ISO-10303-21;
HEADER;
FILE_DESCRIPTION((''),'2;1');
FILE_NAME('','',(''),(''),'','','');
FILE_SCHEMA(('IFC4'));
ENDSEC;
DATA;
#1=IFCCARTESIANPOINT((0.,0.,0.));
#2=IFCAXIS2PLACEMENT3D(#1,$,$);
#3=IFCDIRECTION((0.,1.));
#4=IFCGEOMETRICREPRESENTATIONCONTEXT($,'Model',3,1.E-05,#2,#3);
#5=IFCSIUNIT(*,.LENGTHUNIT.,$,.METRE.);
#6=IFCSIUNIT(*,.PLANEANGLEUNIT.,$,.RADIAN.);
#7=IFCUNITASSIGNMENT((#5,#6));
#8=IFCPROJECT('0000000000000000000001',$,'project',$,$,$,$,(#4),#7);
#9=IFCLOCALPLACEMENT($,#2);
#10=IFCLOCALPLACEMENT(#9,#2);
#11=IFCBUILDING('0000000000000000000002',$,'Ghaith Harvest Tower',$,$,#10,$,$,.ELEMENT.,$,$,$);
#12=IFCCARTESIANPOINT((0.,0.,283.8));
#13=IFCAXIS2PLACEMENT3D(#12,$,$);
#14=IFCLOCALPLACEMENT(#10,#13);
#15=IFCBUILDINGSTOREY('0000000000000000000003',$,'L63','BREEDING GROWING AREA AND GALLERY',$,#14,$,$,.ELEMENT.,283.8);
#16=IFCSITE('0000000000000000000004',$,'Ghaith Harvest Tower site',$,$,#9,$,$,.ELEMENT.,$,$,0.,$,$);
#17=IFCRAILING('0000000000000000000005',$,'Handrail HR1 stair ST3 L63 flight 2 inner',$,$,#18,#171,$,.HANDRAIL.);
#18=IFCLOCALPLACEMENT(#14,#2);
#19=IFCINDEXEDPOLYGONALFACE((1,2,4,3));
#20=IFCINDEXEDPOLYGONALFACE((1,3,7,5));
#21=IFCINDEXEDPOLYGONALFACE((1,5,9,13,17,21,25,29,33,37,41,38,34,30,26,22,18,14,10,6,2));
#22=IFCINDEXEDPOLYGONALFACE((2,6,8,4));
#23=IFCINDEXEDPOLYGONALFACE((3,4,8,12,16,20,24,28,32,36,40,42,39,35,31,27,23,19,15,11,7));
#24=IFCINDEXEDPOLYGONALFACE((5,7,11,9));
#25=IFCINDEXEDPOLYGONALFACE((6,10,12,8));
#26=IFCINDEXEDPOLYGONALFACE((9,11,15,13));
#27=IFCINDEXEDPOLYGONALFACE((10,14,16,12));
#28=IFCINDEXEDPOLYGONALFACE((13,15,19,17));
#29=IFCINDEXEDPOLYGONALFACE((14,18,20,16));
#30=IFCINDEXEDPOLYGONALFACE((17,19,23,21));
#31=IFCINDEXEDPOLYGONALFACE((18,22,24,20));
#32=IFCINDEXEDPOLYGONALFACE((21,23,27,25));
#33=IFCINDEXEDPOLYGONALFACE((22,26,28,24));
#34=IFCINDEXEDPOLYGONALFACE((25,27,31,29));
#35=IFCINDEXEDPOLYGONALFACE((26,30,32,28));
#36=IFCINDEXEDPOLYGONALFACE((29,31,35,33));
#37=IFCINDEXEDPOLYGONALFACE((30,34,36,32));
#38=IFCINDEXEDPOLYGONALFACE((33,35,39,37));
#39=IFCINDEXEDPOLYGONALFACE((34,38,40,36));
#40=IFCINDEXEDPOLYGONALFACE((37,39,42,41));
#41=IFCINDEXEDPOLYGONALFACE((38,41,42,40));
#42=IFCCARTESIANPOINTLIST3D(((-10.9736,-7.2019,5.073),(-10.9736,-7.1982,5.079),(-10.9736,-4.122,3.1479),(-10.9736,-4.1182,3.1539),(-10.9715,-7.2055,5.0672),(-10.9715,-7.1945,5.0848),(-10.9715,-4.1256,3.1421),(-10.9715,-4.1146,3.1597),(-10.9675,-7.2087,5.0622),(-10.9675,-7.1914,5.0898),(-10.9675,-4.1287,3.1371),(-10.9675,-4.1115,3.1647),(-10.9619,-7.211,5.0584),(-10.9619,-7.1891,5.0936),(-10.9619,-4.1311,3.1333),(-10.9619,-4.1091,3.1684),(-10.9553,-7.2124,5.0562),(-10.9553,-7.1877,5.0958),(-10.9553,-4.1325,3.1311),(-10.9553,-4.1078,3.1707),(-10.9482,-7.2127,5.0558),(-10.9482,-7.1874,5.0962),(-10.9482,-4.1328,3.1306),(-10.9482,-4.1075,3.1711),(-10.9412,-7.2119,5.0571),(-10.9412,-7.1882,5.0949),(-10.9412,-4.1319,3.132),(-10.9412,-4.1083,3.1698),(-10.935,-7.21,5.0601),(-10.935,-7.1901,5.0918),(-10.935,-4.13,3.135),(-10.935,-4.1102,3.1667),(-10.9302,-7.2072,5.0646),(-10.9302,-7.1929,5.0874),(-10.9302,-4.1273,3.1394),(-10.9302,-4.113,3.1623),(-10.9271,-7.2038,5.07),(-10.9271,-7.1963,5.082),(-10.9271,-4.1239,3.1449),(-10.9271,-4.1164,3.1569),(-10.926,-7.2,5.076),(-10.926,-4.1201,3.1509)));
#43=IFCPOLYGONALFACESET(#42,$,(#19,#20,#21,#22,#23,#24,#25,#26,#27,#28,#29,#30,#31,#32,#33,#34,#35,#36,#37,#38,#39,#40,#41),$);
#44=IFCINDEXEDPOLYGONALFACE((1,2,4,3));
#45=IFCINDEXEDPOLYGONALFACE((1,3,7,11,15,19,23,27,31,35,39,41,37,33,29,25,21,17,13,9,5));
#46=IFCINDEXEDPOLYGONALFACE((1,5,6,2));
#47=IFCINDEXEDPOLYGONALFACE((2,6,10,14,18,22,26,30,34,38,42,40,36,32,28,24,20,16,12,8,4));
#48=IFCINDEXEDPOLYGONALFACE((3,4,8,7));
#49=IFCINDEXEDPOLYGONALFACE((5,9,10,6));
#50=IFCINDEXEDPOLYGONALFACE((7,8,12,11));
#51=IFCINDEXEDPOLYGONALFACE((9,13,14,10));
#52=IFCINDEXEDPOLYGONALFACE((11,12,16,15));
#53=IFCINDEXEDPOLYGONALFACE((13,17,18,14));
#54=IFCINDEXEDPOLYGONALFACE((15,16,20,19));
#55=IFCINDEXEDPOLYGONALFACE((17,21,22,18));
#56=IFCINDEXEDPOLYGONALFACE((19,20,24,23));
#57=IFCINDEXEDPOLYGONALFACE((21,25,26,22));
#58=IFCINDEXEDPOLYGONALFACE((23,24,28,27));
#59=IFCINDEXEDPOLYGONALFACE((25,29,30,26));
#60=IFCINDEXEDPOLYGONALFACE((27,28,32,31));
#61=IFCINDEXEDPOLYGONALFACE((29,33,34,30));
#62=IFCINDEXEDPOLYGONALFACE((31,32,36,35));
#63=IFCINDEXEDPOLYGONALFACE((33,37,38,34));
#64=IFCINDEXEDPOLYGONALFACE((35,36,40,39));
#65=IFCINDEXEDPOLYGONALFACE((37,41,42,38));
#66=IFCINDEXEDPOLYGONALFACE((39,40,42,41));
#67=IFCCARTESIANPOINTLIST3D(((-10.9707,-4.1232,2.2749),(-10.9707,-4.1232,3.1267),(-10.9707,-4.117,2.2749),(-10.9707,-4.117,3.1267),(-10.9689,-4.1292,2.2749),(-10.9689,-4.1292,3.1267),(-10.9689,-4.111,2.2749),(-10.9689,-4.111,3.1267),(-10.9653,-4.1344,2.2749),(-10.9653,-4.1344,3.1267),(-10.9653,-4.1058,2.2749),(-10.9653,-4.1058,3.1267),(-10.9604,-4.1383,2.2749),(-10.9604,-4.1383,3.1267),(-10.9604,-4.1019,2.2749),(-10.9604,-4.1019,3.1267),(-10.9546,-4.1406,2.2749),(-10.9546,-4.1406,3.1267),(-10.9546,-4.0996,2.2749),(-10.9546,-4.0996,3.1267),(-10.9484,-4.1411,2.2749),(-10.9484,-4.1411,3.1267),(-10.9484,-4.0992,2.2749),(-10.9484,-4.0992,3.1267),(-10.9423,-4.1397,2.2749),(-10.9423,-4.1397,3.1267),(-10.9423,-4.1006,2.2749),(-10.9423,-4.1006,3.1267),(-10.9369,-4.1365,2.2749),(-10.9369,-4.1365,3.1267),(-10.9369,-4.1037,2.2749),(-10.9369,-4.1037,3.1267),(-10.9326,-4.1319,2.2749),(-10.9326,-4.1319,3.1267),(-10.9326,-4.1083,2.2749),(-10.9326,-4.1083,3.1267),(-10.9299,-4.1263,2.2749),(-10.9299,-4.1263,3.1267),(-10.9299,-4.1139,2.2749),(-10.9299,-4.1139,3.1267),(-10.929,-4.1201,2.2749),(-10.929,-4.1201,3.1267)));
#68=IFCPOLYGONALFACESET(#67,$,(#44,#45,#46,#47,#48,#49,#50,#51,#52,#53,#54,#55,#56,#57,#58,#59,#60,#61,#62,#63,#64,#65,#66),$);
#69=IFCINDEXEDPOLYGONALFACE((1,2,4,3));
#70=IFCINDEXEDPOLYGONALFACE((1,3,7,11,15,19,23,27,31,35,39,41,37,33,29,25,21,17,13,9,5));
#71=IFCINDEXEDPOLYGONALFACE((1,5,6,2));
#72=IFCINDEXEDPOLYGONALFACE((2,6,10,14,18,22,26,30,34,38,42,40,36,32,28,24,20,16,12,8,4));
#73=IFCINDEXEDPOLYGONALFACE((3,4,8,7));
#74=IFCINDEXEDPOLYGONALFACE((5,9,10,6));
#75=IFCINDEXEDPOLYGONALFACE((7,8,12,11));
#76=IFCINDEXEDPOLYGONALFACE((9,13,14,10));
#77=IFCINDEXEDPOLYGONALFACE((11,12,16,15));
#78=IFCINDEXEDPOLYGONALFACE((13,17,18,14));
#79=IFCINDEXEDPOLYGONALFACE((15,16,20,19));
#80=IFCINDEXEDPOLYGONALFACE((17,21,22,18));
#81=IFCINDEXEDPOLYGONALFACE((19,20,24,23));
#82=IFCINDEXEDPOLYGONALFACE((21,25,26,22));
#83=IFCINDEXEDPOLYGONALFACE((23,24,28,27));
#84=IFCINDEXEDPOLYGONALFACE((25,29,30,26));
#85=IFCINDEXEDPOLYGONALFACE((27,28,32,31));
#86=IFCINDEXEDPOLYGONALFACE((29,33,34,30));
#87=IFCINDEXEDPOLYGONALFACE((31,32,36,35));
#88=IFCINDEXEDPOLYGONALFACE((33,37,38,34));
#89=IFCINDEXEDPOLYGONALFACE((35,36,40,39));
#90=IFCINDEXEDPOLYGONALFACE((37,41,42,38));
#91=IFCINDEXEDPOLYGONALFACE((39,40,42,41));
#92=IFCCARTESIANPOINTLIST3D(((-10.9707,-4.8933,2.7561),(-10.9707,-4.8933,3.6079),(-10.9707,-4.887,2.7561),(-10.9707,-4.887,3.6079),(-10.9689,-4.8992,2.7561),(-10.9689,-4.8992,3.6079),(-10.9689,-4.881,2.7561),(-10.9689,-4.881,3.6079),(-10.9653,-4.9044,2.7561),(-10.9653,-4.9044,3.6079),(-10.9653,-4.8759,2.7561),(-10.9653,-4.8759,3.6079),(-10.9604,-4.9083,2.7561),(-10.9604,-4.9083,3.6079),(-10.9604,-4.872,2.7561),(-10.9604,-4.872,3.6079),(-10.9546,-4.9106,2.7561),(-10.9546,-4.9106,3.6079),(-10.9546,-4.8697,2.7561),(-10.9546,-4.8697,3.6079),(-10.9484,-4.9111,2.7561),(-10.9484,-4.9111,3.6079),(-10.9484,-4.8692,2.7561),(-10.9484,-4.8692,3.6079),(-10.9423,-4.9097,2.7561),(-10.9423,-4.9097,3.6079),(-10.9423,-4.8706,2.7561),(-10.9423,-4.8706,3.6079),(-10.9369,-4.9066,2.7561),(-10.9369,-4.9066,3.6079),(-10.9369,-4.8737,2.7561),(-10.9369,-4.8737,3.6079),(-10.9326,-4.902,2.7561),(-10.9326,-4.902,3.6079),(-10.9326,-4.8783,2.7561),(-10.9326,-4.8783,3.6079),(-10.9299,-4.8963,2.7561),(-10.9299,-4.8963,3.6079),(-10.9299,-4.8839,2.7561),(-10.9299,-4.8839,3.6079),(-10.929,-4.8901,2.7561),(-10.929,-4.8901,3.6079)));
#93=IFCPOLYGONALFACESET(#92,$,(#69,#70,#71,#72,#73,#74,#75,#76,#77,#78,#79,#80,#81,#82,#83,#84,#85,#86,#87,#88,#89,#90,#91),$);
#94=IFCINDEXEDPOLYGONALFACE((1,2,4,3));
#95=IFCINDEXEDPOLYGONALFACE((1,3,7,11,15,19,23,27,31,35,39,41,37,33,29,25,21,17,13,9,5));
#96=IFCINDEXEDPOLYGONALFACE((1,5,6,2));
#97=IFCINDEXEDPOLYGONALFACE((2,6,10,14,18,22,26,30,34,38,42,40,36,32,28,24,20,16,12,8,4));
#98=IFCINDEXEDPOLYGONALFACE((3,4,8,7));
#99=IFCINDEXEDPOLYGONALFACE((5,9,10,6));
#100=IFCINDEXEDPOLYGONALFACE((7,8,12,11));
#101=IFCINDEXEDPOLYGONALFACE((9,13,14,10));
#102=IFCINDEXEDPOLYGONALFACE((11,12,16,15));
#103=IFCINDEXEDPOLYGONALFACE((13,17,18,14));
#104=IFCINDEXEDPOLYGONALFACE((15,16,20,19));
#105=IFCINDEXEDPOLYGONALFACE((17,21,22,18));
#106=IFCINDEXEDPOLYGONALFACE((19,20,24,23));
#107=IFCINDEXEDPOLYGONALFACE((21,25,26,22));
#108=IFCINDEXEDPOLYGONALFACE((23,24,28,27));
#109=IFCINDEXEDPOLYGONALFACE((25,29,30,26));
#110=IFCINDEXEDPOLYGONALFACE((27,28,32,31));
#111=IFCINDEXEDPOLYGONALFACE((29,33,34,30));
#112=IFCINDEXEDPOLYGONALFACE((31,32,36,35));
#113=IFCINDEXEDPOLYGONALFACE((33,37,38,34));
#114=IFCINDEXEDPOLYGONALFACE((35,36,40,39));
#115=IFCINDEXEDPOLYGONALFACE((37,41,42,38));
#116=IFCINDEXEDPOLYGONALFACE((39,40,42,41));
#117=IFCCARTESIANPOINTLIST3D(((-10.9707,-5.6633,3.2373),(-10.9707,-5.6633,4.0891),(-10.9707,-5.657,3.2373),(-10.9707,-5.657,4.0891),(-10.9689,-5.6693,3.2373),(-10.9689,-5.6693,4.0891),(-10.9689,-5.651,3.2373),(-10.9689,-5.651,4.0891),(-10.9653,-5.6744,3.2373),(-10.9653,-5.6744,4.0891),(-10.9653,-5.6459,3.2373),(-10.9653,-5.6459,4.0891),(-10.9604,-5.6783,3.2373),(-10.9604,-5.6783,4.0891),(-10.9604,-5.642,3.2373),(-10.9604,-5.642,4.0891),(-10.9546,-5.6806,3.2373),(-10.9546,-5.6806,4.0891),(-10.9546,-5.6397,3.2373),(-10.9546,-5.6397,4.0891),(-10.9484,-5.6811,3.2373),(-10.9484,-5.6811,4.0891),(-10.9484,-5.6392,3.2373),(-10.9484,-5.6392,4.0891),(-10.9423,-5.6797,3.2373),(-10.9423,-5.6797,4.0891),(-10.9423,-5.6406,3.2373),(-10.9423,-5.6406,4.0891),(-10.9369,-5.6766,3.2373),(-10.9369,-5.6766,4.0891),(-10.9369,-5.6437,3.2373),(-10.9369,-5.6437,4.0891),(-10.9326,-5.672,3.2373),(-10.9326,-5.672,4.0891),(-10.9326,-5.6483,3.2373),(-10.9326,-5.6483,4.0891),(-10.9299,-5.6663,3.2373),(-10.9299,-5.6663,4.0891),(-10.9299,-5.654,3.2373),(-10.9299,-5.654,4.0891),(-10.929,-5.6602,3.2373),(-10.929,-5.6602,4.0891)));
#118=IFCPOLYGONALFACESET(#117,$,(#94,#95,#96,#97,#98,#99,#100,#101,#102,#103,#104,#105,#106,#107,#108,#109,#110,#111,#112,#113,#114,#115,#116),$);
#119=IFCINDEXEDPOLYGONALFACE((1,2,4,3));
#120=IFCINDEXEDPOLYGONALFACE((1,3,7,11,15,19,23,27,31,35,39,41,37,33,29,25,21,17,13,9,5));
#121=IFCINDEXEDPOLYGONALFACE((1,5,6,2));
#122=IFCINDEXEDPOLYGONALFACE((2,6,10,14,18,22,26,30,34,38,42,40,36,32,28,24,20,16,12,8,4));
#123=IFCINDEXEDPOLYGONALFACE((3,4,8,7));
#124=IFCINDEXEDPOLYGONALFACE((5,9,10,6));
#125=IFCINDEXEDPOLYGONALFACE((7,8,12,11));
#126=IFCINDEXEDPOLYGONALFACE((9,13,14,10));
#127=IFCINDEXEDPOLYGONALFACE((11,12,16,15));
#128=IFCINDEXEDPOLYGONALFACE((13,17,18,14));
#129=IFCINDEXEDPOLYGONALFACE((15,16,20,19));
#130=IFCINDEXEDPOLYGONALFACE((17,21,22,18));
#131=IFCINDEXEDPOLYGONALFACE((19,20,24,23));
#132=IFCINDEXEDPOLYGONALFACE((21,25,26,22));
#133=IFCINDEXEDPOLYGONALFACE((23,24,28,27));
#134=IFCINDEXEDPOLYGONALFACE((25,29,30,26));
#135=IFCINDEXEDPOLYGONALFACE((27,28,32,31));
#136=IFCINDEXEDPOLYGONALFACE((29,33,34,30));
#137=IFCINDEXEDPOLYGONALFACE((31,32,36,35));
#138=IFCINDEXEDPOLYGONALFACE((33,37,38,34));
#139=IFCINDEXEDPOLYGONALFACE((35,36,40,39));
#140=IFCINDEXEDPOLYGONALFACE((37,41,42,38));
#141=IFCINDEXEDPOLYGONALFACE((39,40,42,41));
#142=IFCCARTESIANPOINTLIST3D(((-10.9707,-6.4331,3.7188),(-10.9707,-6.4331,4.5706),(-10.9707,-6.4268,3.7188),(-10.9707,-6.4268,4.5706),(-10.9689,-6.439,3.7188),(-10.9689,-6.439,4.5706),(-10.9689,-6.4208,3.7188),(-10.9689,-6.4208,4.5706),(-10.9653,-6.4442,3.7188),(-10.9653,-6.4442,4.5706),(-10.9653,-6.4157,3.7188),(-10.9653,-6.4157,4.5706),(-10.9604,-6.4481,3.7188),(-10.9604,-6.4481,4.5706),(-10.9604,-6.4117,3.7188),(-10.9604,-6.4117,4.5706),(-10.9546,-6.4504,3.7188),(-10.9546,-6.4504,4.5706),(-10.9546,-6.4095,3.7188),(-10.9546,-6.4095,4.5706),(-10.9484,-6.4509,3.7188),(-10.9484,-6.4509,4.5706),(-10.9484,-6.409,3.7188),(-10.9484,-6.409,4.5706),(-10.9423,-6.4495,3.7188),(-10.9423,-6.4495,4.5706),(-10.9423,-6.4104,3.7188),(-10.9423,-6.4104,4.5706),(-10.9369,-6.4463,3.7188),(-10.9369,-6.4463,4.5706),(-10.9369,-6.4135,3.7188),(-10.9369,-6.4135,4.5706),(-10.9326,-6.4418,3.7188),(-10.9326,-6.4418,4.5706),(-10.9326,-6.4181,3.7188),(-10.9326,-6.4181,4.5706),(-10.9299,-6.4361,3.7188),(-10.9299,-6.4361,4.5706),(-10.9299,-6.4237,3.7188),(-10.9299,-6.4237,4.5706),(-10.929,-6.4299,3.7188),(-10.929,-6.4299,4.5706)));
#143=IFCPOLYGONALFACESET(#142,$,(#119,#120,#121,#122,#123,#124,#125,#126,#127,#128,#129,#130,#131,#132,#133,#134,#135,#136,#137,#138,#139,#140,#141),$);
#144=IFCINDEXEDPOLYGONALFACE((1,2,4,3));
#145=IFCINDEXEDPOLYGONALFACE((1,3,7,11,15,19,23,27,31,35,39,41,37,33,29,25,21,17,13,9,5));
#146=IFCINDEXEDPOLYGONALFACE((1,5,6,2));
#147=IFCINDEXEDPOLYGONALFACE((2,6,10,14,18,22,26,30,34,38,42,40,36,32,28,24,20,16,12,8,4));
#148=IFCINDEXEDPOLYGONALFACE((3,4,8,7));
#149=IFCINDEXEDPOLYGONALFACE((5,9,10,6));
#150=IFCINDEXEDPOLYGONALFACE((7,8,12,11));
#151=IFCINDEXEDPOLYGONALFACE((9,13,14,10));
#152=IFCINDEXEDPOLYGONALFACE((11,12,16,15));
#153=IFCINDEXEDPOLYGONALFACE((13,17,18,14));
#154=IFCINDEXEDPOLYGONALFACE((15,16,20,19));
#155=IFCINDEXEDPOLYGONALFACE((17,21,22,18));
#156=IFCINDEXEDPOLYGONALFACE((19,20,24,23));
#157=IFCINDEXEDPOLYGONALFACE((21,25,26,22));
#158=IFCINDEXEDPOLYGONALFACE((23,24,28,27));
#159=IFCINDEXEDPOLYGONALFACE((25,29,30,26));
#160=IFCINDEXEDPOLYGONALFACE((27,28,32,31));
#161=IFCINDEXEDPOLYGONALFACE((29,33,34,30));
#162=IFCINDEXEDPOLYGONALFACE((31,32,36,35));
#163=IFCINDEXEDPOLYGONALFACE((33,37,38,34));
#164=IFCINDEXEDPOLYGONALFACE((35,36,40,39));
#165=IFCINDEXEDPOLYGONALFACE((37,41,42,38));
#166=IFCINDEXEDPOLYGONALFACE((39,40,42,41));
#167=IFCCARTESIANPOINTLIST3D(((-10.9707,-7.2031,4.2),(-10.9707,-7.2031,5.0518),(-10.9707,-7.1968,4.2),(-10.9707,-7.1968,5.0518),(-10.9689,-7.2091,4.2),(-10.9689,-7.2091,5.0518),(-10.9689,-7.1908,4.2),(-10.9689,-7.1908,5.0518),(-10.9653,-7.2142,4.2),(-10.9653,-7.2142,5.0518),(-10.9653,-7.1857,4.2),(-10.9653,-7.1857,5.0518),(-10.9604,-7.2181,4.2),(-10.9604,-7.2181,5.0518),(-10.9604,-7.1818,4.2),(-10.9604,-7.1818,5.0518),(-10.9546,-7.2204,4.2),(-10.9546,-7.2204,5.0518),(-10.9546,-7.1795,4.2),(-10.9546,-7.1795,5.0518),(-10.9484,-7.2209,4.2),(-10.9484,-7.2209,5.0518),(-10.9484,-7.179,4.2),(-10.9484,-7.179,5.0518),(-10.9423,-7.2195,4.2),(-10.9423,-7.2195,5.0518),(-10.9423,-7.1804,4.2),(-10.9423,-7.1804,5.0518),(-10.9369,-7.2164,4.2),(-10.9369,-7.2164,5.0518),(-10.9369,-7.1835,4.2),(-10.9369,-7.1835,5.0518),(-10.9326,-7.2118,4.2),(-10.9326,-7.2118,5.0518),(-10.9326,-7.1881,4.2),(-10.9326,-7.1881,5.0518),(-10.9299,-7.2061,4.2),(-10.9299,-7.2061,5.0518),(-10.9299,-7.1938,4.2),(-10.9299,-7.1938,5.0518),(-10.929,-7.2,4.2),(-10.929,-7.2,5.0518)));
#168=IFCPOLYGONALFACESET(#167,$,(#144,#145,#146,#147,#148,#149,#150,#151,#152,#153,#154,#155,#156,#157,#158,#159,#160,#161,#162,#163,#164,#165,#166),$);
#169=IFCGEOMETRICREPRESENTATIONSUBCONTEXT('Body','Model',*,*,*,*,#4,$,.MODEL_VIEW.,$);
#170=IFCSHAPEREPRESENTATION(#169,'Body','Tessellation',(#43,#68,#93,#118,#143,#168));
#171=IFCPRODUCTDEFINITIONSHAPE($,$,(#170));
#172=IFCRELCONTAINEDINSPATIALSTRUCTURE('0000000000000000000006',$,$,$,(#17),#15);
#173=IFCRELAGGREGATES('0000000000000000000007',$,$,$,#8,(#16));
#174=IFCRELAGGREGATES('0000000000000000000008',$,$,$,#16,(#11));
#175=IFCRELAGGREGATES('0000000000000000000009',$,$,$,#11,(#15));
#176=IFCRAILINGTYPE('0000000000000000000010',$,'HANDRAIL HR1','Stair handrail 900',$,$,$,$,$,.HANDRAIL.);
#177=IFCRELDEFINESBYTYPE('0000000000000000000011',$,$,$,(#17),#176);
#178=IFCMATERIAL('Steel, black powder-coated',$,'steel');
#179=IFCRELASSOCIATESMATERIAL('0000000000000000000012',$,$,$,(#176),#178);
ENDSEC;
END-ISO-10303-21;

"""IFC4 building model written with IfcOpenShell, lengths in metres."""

from ifc_helpers import new_model, si_unit, direction, frame, origin, origin_2d, place, context, subcontext, project, spatial, circle, extrude, material, type_object, element, save


model = new_model("IFC4")

# Units and contexts
model_context = context("Model", 3, precision=1e-05, world=origin(), true_north=direction((0.0, 1.0)))
body_context = subcontext(model_context, "Body", "Model", "MODEL_VIEW")
ifc_project = project(units=[si_unit("LENGTHUNIT", "METRE"), si_unit("PLANEANGLEUNIT", "RADIAN")], contexts=[model_context])

# Site, building, storey
site_placement = place(None, origin())
site = spatial("IfcSite", under=ifc_project, at=site_placement, Name="Ghaith Harvest Tower site", CompositionType="ELEMENT", RefElevation=0.0)
building_placement = place(site_placement, origin())
building = spatial("IfcBuilding", under=site, at=building_placement, Name="Ghaith Harvest Tower", CompositionType="ELEMENT")
storey_placement = place(building_placement, frame((0.0, 0.0, 283.8)))
storey = spatial("IfcBuildingStorey", under=building, at=storey_placement, Name="L63", Description="BREEDING GROWING AREA AND GALLERY", CompositionType="ELEMENT", Elevation=283.8)

# Railing
ifc_material_1 = material(Name="Steel, black powder-coated", Category="steel")
railing_type = type_object("IfcRailingType", Name="HANDRAIL HR1", Description="Stair handrail 900", PredefinedType="HANDRAIL", material=ifc_material_1)
railing_1_placement = place(storey_placement, frame((-10.95, -4.1201, 2.2749)))
element("IfcRailing", 1, at=railing_1_placement, inside=storey, type_object=railing_type, Name="Handrail HR1 stair ST3 L63 flight 2 inner", PredefinedType="HANDRAIL", context=body_context, shape_type="SweptSolid", body=[
    extrude(circle(Radius=0.0239, at=origin_2d()), frame((0.0, 0.0, 0.876), z_axis=(0.0, -0.847979, 0.530029), x_axis=(1.0, 0.0, 0.0)), (0.0, 0.0, 1.0), 3.6321),
    extrude(circle(Radius=0.021, at=origin_2d()), origin(), (0.0, 0.0, 1.0), 0.8518),
    extrude(circle(Radius=0.021, at=origin_2d()), frame((0.0, -0.77, 0.4812)), (0.0, 0.0, 1.0), 0.8518),
    extrude(circle(Radius=0.021, at=origin_2d()), frame((0.0, -1.54, 0.9624)), (0.0, 0.0, 1.0), 0.8518),
    extrude(circle(Radius=0.021, at=origin_2d()), frame((0.0, -2.3098, 1.4438)), (0.0, 0.0, 1.0), 0.8518),
    extrude(circle(Radius=0.021, at=origin_2d()), frame((0.0, -3.0798, 1.925)), (0.0, 0.0, 1.0), 0.8518),
])

save(model, "model.ifc")
